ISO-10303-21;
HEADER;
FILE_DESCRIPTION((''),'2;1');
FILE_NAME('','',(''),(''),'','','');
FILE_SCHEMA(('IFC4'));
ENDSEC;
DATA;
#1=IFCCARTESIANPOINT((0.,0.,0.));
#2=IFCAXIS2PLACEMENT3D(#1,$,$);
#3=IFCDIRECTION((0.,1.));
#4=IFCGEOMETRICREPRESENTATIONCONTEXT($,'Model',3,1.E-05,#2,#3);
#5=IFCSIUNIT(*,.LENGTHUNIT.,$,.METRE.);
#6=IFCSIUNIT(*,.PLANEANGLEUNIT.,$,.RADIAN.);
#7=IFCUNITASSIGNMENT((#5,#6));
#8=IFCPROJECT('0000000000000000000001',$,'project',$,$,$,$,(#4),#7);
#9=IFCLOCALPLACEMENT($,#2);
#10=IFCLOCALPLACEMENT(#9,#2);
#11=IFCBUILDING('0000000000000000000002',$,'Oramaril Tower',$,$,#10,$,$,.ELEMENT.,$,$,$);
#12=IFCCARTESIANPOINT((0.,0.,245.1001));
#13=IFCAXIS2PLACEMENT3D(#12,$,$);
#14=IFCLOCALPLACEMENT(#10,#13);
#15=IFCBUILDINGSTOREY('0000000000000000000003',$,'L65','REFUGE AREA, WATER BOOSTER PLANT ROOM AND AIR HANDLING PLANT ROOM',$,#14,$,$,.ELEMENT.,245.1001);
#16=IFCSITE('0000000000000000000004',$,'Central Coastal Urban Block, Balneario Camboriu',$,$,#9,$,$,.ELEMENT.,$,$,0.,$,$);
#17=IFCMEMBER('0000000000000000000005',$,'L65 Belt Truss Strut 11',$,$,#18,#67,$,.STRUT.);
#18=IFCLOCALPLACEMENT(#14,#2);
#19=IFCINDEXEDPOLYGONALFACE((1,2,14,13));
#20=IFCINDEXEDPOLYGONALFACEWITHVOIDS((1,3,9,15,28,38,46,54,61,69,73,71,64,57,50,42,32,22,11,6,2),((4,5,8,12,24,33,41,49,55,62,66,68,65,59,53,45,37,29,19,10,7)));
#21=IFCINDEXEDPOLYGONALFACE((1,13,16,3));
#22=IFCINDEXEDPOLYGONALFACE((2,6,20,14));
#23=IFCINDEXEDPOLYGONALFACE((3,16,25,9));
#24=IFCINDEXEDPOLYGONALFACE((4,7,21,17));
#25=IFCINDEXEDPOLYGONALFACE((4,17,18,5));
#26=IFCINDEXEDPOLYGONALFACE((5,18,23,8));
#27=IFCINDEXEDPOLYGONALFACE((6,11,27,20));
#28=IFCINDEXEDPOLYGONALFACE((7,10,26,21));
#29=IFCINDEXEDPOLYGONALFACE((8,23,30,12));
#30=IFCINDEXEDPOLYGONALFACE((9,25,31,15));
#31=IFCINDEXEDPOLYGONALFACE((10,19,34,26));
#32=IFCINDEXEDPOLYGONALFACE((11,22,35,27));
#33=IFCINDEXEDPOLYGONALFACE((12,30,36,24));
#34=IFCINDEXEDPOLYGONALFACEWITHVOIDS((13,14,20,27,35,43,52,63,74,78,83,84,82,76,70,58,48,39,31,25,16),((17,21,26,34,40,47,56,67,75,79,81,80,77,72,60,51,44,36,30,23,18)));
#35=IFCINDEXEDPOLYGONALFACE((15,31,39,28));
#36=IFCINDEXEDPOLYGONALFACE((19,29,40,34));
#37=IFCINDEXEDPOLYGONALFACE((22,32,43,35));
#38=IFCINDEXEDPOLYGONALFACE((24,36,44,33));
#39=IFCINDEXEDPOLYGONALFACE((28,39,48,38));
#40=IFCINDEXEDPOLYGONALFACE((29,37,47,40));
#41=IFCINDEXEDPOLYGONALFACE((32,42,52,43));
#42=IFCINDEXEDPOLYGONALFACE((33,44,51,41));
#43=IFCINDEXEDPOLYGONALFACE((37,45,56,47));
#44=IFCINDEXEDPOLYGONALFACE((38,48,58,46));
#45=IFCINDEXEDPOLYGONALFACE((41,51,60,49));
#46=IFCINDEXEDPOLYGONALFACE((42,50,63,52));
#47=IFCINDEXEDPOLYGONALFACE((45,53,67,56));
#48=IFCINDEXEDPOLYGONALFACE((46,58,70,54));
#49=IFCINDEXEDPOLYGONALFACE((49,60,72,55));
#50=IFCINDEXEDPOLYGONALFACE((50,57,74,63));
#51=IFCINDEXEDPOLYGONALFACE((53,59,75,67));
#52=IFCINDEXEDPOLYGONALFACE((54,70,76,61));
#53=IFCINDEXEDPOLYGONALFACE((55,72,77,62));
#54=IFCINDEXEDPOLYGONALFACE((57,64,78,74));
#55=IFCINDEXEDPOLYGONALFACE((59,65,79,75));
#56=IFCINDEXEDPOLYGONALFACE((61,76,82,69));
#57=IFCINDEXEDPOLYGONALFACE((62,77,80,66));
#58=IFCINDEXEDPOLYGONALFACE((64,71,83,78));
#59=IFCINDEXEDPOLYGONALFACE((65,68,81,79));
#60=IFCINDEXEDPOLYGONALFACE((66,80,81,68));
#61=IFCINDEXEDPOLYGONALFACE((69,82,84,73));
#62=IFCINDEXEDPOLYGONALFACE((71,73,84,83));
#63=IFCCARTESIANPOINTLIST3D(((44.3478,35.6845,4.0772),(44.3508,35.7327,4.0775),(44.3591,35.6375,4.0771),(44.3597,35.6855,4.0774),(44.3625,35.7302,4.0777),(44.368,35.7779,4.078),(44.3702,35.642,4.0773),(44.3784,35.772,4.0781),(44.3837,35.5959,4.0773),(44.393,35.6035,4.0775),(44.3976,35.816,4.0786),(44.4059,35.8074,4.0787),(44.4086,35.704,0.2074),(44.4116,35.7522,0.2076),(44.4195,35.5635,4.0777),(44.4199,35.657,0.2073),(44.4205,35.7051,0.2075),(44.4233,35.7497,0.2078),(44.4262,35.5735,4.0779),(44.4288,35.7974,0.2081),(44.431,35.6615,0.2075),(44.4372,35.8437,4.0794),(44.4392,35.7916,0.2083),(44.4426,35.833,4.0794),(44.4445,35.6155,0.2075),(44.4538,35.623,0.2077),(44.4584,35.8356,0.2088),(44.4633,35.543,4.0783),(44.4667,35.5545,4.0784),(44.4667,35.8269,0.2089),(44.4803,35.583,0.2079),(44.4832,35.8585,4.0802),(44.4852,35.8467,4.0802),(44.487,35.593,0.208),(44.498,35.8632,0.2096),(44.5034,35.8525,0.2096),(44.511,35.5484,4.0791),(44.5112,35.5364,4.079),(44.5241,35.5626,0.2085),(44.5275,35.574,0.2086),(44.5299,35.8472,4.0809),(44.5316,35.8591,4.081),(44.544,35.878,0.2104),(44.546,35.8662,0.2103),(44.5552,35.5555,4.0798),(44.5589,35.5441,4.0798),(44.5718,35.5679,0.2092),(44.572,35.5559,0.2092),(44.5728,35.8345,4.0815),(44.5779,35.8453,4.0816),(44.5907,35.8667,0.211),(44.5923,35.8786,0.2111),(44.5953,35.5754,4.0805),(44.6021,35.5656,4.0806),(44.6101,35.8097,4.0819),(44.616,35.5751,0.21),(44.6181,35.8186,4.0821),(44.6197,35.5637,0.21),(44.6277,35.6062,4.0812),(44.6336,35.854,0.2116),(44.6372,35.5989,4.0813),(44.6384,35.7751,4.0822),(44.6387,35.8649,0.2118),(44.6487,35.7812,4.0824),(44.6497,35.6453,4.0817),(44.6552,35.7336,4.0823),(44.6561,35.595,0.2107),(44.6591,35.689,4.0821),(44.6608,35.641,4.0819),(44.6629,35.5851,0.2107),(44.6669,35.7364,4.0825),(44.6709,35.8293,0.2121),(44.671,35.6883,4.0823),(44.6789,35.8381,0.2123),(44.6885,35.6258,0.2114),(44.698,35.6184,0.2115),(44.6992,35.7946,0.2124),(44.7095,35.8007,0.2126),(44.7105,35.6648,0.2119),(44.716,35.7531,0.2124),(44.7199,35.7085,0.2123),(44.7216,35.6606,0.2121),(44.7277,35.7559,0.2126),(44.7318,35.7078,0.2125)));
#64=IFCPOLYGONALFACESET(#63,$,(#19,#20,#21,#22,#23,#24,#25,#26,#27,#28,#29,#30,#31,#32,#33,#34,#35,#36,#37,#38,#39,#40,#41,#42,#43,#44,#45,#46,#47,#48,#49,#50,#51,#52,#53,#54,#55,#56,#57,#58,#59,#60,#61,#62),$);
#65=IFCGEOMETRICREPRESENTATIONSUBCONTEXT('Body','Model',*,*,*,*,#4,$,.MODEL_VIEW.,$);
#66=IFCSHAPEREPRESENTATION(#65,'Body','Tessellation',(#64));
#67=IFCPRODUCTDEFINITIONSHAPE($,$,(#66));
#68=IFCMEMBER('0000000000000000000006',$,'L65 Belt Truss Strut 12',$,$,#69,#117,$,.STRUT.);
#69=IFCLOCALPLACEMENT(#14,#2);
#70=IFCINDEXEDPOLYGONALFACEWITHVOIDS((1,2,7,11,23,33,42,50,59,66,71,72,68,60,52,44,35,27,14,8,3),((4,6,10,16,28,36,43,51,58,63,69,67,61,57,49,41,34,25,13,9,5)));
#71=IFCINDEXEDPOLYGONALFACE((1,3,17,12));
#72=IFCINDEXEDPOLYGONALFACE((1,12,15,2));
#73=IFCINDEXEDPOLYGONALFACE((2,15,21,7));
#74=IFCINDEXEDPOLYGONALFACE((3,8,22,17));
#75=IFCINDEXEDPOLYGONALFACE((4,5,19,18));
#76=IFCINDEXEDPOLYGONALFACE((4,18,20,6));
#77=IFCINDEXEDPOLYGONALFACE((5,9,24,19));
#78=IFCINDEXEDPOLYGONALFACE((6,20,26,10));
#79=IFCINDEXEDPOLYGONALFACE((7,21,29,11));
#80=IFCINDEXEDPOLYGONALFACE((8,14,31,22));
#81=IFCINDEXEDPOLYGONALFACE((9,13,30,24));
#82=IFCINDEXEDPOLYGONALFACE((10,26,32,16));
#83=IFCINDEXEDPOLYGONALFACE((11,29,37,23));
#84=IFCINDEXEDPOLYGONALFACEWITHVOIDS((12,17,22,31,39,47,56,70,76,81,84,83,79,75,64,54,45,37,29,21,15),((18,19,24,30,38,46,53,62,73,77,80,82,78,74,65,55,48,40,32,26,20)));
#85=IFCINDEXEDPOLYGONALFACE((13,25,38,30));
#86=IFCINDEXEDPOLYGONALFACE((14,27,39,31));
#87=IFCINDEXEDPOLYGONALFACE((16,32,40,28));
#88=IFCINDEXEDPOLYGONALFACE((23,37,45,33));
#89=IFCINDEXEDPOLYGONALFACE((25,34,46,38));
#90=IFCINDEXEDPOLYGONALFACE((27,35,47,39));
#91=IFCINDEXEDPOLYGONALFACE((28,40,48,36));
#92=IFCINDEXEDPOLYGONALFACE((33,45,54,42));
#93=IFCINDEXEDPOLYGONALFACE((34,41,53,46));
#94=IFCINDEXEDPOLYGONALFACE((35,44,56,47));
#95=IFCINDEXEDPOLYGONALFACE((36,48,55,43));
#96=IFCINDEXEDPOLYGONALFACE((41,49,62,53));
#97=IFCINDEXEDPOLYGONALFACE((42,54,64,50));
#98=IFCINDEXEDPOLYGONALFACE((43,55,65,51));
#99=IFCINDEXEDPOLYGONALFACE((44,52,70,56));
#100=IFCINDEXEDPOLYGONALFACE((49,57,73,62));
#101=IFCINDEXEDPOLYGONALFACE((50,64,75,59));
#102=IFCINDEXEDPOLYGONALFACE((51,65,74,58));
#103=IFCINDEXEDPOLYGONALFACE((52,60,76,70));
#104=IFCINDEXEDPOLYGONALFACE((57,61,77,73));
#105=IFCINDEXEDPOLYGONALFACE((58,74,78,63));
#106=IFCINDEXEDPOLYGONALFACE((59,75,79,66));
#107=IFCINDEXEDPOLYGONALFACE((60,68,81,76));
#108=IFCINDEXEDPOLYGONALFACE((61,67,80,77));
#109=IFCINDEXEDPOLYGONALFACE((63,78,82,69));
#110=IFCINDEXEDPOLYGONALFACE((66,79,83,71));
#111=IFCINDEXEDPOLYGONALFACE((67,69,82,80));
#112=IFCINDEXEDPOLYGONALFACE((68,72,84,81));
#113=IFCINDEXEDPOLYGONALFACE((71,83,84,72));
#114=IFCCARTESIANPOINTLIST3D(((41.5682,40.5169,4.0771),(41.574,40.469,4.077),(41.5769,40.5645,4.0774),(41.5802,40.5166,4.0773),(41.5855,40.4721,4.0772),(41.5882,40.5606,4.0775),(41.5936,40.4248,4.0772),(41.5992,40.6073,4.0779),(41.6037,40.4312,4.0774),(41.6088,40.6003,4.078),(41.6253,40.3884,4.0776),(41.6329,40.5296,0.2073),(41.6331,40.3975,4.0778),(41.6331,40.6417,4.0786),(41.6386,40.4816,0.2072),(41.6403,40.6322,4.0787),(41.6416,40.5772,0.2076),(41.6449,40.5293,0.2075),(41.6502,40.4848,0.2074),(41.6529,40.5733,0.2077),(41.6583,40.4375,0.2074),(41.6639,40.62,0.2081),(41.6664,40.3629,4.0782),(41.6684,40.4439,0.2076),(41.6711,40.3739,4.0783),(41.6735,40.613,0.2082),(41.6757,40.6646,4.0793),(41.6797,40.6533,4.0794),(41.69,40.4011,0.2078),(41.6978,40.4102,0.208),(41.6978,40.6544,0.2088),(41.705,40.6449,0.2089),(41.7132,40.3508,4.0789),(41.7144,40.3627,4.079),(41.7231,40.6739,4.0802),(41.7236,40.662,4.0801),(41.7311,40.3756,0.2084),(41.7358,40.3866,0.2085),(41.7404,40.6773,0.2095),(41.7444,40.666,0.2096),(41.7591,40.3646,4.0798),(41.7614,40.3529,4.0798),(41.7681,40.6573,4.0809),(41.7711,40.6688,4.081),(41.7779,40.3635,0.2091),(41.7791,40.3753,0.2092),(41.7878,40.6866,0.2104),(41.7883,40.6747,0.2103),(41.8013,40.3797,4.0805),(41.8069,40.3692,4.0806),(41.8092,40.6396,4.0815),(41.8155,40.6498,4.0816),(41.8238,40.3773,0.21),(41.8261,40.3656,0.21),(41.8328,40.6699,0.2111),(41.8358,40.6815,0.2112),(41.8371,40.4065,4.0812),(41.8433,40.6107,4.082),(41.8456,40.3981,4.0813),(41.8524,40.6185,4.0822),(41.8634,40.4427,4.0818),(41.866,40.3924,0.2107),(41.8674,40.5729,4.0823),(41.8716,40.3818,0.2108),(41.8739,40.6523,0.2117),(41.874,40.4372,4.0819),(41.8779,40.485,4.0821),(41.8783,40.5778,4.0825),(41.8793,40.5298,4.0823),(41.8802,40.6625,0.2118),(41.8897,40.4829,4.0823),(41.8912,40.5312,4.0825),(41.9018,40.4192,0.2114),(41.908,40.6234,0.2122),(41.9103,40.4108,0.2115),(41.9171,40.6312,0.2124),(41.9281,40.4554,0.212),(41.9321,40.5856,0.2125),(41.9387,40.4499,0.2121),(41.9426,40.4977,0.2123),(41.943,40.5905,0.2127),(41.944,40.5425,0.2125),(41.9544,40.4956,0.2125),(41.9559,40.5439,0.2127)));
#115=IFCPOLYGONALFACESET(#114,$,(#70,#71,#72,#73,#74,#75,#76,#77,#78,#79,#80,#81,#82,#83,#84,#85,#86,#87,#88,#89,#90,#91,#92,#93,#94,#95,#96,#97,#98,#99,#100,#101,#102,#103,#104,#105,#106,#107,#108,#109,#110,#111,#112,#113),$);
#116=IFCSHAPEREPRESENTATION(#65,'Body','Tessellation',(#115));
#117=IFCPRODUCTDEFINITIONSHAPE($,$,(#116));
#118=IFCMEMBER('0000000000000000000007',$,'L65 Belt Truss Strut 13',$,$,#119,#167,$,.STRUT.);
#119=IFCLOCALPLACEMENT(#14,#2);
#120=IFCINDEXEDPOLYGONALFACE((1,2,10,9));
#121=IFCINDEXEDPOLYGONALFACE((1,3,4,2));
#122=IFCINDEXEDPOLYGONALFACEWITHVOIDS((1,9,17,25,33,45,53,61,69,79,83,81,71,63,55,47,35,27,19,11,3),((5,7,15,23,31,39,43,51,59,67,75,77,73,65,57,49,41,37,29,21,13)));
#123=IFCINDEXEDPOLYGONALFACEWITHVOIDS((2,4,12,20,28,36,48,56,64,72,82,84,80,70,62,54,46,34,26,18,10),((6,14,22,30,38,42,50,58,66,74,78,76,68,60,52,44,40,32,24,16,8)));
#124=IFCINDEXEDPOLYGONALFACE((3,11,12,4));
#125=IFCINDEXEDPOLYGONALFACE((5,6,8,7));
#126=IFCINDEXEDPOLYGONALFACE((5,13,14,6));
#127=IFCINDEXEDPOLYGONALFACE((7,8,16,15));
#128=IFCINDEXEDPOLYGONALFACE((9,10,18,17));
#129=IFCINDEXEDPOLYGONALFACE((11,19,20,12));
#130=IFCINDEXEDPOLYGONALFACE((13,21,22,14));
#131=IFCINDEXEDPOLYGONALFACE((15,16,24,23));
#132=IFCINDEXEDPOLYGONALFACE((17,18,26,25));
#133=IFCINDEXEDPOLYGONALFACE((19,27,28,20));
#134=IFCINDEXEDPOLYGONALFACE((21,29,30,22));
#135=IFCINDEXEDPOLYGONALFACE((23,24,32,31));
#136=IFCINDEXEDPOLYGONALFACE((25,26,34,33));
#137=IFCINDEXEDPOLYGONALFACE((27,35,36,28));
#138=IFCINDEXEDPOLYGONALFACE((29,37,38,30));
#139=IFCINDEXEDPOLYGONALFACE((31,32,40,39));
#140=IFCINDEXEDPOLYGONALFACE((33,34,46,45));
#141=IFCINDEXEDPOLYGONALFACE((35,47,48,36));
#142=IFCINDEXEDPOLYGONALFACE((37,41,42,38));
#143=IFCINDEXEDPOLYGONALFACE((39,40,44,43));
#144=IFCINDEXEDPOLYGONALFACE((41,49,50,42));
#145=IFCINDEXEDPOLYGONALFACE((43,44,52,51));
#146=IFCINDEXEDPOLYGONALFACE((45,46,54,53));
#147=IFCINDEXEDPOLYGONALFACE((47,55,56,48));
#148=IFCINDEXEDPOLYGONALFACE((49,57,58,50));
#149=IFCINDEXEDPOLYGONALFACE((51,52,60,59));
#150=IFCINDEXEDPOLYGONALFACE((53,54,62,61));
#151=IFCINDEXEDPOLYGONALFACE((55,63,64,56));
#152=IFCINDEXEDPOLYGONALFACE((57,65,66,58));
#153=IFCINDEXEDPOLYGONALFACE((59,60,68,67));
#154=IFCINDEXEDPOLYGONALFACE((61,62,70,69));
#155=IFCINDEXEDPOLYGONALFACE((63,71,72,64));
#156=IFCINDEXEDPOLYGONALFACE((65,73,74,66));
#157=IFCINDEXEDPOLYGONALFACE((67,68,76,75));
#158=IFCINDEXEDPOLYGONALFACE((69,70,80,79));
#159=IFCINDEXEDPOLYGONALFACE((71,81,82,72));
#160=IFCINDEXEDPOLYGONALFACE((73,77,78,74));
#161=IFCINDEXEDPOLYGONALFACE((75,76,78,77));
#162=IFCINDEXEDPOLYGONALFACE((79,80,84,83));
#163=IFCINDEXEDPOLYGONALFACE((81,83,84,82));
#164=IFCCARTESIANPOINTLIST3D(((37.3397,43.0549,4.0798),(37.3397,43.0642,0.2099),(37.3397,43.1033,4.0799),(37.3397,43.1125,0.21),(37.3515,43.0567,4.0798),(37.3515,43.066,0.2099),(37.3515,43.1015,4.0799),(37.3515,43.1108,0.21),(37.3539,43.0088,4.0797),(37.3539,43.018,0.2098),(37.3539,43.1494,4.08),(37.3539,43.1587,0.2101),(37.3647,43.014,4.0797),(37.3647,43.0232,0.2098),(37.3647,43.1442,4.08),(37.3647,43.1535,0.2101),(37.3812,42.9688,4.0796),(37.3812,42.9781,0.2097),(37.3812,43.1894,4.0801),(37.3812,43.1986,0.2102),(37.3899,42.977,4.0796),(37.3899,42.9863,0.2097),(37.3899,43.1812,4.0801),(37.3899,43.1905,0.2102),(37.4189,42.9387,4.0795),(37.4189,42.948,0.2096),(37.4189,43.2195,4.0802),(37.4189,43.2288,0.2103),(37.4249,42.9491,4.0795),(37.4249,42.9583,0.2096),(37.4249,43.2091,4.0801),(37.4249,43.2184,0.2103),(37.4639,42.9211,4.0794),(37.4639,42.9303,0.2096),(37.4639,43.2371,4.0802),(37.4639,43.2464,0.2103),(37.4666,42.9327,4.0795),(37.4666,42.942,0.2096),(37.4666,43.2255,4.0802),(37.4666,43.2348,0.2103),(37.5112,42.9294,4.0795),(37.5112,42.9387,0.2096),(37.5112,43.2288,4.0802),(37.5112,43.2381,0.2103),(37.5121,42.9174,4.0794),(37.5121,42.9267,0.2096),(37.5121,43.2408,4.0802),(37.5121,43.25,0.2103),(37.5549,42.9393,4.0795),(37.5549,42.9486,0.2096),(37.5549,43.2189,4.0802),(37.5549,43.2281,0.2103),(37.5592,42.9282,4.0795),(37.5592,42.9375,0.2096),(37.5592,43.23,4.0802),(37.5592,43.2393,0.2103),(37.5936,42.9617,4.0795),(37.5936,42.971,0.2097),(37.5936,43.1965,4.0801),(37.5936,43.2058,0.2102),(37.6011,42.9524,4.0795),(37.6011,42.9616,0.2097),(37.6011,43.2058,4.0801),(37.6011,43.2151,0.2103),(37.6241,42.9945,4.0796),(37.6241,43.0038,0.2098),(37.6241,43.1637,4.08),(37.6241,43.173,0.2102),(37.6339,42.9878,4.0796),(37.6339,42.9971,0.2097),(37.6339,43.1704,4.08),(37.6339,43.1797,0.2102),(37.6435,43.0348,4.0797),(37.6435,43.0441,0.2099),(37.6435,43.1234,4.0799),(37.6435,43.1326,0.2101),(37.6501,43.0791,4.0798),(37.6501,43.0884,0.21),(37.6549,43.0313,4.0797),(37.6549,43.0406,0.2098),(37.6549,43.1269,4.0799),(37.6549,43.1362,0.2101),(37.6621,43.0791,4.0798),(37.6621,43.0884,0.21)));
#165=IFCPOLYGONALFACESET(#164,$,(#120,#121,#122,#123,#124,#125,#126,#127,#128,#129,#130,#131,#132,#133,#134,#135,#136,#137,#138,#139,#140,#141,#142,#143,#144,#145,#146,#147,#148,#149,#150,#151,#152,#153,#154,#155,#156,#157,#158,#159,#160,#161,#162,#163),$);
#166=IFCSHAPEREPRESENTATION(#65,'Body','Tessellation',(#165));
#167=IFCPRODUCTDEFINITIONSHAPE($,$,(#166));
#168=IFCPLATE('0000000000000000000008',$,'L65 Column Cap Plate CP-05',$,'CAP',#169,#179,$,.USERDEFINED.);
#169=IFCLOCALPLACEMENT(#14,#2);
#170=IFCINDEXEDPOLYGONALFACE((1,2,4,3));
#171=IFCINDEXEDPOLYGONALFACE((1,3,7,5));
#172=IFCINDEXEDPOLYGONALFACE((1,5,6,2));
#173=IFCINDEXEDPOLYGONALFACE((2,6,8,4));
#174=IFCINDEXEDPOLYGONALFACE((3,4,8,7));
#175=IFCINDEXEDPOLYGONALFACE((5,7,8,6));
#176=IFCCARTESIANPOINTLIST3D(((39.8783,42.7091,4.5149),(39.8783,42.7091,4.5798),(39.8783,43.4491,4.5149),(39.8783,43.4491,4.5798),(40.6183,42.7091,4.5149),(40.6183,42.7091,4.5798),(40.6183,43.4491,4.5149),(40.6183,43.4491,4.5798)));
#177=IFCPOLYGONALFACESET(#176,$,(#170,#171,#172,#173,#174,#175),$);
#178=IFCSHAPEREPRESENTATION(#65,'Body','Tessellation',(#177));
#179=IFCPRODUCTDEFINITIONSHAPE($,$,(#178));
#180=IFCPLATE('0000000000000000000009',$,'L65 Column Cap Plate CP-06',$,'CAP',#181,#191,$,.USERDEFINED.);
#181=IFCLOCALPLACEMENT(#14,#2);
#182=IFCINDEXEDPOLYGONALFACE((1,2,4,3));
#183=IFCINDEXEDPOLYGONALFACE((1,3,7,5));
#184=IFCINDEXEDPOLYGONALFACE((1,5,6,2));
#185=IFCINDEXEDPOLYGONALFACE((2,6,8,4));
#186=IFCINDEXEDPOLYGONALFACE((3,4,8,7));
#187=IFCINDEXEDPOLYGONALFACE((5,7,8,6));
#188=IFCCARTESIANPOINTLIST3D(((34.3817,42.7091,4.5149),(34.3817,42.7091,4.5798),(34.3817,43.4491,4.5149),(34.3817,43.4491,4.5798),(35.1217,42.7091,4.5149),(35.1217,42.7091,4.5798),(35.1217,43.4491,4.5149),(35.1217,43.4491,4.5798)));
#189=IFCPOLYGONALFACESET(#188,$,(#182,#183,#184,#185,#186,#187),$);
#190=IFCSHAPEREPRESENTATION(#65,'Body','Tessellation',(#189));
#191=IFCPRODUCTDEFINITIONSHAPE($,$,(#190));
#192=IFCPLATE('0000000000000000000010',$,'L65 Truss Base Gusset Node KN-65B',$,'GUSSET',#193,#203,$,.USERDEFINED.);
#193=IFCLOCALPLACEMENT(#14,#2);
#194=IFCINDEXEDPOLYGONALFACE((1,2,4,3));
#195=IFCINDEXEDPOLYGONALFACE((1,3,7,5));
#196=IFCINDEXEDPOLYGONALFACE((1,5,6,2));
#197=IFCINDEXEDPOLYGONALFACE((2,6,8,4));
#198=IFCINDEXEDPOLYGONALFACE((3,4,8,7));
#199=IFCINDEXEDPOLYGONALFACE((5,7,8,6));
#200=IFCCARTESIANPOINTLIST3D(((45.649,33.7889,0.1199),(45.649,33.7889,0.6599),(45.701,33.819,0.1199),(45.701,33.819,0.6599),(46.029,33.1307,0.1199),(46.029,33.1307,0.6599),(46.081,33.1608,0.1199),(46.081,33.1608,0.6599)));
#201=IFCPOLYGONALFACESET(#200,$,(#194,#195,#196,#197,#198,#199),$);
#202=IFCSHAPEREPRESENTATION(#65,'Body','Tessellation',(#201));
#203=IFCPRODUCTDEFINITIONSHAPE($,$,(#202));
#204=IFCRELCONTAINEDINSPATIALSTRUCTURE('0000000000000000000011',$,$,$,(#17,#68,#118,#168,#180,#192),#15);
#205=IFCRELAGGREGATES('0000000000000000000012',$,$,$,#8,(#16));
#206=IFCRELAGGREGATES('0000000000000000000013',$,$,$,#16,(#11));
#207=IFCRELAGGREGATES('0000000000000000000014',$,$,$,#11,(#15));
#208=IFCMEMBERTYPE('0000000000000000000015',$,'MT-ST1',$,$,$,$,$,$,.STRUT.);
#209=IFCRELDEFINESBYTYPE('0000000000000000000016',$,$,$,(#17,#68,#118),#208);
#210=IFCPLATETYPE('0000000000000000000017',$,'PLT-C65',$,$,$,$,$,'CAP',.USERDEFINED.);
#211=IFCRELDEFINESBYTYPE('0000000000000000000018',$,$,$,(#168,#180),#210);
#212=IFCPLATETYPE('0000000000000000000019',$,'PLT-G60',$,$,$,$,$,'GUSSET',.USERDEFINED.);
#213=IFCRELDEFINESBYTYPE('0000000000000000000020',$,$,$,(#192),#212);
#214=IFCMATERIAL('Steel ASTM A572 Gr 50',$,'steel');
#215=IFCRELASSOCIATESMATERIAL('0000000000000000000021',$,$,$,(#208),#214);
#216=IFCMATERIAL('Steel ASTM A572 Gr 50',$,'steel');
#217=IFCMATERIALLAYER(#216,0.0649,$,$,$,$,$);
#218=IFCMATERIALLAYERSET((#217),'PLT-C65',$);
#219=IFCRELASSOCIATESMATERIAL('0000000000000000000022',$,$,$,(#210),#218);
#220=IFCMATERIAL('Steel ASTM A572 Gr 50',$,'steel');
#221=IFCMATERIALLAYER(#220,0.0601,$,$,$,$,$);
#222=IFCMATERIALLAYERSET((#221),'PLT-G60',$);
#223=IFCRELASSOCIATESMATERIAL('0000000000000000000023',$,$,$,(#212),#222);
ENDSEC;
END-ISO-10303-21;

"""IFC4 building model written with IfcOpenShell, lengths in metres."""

from ifc_helpers import new_model, si_unit, direction, frame, origin, origin_2d, place, context, subcontext, project, spatial, rectangle, hollow_circle, extrude, material, layer, layer_set, material_profile, profile_set, type_object, element, save


model = new_model("IFC4")

# Units and contexts
model_context = context("Model", 3, precision=1e-05, world=origin(), true_north=direction((0.0, 1.0)))
body_context = subcontext(model_context, "Body", "Model", "MODEL_VIEW")
ifc_project = project(units=[si_unit("LENGTHUNIT", "METRE"), si_unit("PLANEANGLEUNIT", "RADIAN")], contexts=[model_context])

# Site, building, storey
site_placement = place(None, origin())
site = spatial("IfcSite", under=ifc_project, at=site_placement, Name="Central Coastal Urban Block, Balneario Camboriu", CompositionType="ELEMENT", RefElevation=0.0)
building_placement = place(site_placement, origin())
building = spatial("IfcBuilding", under=site, at=building_placement, Name="Oramaril Tower", CompositionType="ELEMENT")
storey_placement = place(building_placement, frame((0.0, 0.0, 245.1001)))
storey = spatial("IfcBuildingStorey", under=building, at=storey_placement, Name="L65", Description="REFUGE AREA, WATER BOOSTER PLANT ROOM AND AIR HANDLING PLANT ROOM", CompositionType="ELEMENT", Elevation=245.1001)

# Members
ifc_material_1 = material(Name="Steel ASTM A572 Gr 50", Category="steel")
ifc_material_profile_1 = material_profile(ifc_material_1, hollow_circle(Radius=0.1621, WallThickness=0.012, at=origin_2d()), Name="CHS324X12")
ifc_profile_set_1 = profile_set([ifc_material_profile_1], Name="Steel ASTM A572 Gr 50")
member_type_1 = type_object("IfcMemberType", Name="MT-ST1", PredefinedType="STRUT", material=ifc_profile_set_1)
for number, where, z_axis, x_axis, name in (
    (1, (44.5701, 35.718, 0.21), (-0.015707, -0.005046, 0.999864), (0.305885, -0.952068, 0.0), "L65 Belt Truss Strut 11"),
    (2, (41.7949, 40.5247, 0.21), (-0.016716, -0.00328, 0.999855), (0.192554, -0.981286, 0.0), "L65 Belt Truss Strut 12"),
):
    element("IfcMember", number, at=place(storey_placement, frame(where, z_axis=z_axis, x_axis=x_axis)), inside=storey, type_object=member_type_1, Name=name, PredefinedType="STRUT", context=body_context, shape_type="SweptSolid", body=[
        extrude(hollow_circle(Radius=0.1621, WallThickness=0.012, at=origin_2d()), origin(), (0.0, 0.0, 1.0), 3.8704),
    ])
member_1_placement = place(storey_placement, frame((37.5, 43.0884, 0.21), z_axis=(0.0, -0.002397, 0.999997), x_axis=(1.0, 0.0, 0.0)))
element("IfcMember", 3, at=member_1_placement, inside=storey, type_object=member_type_1, Name="L65 Belt Truss Strut 13", PredefinedType="STRUT", context=body_context, shape_type="SweptSolid", body=[
    extrude(hollow_circle(Radius=0.1621, WallThickness=0.012, at=origin_2d()), origin(), (0.0, 0.0, 1.0), 3.8699),
])

# Plates
ifc_material_2 = material(Name="Steel ASTM A572 Gr 50", Category="steel")
ifc_layer_1 = layer(ifc_material_2, 0.0649)
ifc_layer_set_1 = layer_set([ifc_layer_1], Name="PLT-C65")
plate_type_1 = type_object("IfcPlateType", Name="PLT-C65", ElementType="CAP", PredefinedType="USERDEFINED", material=ifc_layer_set_1)
for number, where, z_axis, x_axis, name in (
    (4, (40.2483, 43.0791, 4.5149), (0.0, 0.0, 1.0), (1.0, 0.0, 0.0), "L65 Column Cap Plate CP-05"),
    (5, (34.7517, 43.0791, 4.5149), (0.0, 0.0, 1.0), (1.0, 0.0, 0.0), "L65 Column Cap Plate CP-06"),
):
    element("IfcPlate", number, at=place(storey_placement, frame(where, z_axis=z_axis, x_axis=x_axis)), inside=storey, type_object=plate_type_1, Name=name, ObjectType="CAP", PredefinedType="USERDEFINED", context=body_context, shape_type="SweptSolid", body=[
        extrude(rectangle(XDim=0.74, YDim=0.74, at=origin_2d()), origin(), (0.0, 0.0, 1.0), 0.0649),
    ])
ifc_material_3 = material(Name="Steel ASTM A572 Gr 50", Category="steel")
ifc_layer_2 = layer(ifc_material_3, 0.0601)
ifc_layer_set_2 = layer_set([ifc_layer_2], Name="PLT-G60")
plate_type_2 = type_object("IfcPlateType", Name="PLT-G60", ElementType="GUSSET", PredefinedType="USERDEFINED", material=ifc_layer_set_2)
plate_1_placement = place(storey_placement, frame((45.865, 33.4749, 0.1199), z_axis=(0.0, 0.0, 1.0), x_axis=(-0.500002, 0.866025, 0.0)))
element("IfcPlate", 6, at=plate_1_placement, inside=storey, type_object=plate_type_2, Name="L65 Truss Base Gusset Node KN-65B", ObjectType="GUSSET", PredefinedType="USERDEFINED", context=body_context, shape_type="SweptSolid", body=[
    extrude(rectangle(XDim=0.76, YDim=0.0601, at=origin_2d()), origin(), (0.0, 0.0, 1.0), 0.54),
])

save(model, "model.ifc")
